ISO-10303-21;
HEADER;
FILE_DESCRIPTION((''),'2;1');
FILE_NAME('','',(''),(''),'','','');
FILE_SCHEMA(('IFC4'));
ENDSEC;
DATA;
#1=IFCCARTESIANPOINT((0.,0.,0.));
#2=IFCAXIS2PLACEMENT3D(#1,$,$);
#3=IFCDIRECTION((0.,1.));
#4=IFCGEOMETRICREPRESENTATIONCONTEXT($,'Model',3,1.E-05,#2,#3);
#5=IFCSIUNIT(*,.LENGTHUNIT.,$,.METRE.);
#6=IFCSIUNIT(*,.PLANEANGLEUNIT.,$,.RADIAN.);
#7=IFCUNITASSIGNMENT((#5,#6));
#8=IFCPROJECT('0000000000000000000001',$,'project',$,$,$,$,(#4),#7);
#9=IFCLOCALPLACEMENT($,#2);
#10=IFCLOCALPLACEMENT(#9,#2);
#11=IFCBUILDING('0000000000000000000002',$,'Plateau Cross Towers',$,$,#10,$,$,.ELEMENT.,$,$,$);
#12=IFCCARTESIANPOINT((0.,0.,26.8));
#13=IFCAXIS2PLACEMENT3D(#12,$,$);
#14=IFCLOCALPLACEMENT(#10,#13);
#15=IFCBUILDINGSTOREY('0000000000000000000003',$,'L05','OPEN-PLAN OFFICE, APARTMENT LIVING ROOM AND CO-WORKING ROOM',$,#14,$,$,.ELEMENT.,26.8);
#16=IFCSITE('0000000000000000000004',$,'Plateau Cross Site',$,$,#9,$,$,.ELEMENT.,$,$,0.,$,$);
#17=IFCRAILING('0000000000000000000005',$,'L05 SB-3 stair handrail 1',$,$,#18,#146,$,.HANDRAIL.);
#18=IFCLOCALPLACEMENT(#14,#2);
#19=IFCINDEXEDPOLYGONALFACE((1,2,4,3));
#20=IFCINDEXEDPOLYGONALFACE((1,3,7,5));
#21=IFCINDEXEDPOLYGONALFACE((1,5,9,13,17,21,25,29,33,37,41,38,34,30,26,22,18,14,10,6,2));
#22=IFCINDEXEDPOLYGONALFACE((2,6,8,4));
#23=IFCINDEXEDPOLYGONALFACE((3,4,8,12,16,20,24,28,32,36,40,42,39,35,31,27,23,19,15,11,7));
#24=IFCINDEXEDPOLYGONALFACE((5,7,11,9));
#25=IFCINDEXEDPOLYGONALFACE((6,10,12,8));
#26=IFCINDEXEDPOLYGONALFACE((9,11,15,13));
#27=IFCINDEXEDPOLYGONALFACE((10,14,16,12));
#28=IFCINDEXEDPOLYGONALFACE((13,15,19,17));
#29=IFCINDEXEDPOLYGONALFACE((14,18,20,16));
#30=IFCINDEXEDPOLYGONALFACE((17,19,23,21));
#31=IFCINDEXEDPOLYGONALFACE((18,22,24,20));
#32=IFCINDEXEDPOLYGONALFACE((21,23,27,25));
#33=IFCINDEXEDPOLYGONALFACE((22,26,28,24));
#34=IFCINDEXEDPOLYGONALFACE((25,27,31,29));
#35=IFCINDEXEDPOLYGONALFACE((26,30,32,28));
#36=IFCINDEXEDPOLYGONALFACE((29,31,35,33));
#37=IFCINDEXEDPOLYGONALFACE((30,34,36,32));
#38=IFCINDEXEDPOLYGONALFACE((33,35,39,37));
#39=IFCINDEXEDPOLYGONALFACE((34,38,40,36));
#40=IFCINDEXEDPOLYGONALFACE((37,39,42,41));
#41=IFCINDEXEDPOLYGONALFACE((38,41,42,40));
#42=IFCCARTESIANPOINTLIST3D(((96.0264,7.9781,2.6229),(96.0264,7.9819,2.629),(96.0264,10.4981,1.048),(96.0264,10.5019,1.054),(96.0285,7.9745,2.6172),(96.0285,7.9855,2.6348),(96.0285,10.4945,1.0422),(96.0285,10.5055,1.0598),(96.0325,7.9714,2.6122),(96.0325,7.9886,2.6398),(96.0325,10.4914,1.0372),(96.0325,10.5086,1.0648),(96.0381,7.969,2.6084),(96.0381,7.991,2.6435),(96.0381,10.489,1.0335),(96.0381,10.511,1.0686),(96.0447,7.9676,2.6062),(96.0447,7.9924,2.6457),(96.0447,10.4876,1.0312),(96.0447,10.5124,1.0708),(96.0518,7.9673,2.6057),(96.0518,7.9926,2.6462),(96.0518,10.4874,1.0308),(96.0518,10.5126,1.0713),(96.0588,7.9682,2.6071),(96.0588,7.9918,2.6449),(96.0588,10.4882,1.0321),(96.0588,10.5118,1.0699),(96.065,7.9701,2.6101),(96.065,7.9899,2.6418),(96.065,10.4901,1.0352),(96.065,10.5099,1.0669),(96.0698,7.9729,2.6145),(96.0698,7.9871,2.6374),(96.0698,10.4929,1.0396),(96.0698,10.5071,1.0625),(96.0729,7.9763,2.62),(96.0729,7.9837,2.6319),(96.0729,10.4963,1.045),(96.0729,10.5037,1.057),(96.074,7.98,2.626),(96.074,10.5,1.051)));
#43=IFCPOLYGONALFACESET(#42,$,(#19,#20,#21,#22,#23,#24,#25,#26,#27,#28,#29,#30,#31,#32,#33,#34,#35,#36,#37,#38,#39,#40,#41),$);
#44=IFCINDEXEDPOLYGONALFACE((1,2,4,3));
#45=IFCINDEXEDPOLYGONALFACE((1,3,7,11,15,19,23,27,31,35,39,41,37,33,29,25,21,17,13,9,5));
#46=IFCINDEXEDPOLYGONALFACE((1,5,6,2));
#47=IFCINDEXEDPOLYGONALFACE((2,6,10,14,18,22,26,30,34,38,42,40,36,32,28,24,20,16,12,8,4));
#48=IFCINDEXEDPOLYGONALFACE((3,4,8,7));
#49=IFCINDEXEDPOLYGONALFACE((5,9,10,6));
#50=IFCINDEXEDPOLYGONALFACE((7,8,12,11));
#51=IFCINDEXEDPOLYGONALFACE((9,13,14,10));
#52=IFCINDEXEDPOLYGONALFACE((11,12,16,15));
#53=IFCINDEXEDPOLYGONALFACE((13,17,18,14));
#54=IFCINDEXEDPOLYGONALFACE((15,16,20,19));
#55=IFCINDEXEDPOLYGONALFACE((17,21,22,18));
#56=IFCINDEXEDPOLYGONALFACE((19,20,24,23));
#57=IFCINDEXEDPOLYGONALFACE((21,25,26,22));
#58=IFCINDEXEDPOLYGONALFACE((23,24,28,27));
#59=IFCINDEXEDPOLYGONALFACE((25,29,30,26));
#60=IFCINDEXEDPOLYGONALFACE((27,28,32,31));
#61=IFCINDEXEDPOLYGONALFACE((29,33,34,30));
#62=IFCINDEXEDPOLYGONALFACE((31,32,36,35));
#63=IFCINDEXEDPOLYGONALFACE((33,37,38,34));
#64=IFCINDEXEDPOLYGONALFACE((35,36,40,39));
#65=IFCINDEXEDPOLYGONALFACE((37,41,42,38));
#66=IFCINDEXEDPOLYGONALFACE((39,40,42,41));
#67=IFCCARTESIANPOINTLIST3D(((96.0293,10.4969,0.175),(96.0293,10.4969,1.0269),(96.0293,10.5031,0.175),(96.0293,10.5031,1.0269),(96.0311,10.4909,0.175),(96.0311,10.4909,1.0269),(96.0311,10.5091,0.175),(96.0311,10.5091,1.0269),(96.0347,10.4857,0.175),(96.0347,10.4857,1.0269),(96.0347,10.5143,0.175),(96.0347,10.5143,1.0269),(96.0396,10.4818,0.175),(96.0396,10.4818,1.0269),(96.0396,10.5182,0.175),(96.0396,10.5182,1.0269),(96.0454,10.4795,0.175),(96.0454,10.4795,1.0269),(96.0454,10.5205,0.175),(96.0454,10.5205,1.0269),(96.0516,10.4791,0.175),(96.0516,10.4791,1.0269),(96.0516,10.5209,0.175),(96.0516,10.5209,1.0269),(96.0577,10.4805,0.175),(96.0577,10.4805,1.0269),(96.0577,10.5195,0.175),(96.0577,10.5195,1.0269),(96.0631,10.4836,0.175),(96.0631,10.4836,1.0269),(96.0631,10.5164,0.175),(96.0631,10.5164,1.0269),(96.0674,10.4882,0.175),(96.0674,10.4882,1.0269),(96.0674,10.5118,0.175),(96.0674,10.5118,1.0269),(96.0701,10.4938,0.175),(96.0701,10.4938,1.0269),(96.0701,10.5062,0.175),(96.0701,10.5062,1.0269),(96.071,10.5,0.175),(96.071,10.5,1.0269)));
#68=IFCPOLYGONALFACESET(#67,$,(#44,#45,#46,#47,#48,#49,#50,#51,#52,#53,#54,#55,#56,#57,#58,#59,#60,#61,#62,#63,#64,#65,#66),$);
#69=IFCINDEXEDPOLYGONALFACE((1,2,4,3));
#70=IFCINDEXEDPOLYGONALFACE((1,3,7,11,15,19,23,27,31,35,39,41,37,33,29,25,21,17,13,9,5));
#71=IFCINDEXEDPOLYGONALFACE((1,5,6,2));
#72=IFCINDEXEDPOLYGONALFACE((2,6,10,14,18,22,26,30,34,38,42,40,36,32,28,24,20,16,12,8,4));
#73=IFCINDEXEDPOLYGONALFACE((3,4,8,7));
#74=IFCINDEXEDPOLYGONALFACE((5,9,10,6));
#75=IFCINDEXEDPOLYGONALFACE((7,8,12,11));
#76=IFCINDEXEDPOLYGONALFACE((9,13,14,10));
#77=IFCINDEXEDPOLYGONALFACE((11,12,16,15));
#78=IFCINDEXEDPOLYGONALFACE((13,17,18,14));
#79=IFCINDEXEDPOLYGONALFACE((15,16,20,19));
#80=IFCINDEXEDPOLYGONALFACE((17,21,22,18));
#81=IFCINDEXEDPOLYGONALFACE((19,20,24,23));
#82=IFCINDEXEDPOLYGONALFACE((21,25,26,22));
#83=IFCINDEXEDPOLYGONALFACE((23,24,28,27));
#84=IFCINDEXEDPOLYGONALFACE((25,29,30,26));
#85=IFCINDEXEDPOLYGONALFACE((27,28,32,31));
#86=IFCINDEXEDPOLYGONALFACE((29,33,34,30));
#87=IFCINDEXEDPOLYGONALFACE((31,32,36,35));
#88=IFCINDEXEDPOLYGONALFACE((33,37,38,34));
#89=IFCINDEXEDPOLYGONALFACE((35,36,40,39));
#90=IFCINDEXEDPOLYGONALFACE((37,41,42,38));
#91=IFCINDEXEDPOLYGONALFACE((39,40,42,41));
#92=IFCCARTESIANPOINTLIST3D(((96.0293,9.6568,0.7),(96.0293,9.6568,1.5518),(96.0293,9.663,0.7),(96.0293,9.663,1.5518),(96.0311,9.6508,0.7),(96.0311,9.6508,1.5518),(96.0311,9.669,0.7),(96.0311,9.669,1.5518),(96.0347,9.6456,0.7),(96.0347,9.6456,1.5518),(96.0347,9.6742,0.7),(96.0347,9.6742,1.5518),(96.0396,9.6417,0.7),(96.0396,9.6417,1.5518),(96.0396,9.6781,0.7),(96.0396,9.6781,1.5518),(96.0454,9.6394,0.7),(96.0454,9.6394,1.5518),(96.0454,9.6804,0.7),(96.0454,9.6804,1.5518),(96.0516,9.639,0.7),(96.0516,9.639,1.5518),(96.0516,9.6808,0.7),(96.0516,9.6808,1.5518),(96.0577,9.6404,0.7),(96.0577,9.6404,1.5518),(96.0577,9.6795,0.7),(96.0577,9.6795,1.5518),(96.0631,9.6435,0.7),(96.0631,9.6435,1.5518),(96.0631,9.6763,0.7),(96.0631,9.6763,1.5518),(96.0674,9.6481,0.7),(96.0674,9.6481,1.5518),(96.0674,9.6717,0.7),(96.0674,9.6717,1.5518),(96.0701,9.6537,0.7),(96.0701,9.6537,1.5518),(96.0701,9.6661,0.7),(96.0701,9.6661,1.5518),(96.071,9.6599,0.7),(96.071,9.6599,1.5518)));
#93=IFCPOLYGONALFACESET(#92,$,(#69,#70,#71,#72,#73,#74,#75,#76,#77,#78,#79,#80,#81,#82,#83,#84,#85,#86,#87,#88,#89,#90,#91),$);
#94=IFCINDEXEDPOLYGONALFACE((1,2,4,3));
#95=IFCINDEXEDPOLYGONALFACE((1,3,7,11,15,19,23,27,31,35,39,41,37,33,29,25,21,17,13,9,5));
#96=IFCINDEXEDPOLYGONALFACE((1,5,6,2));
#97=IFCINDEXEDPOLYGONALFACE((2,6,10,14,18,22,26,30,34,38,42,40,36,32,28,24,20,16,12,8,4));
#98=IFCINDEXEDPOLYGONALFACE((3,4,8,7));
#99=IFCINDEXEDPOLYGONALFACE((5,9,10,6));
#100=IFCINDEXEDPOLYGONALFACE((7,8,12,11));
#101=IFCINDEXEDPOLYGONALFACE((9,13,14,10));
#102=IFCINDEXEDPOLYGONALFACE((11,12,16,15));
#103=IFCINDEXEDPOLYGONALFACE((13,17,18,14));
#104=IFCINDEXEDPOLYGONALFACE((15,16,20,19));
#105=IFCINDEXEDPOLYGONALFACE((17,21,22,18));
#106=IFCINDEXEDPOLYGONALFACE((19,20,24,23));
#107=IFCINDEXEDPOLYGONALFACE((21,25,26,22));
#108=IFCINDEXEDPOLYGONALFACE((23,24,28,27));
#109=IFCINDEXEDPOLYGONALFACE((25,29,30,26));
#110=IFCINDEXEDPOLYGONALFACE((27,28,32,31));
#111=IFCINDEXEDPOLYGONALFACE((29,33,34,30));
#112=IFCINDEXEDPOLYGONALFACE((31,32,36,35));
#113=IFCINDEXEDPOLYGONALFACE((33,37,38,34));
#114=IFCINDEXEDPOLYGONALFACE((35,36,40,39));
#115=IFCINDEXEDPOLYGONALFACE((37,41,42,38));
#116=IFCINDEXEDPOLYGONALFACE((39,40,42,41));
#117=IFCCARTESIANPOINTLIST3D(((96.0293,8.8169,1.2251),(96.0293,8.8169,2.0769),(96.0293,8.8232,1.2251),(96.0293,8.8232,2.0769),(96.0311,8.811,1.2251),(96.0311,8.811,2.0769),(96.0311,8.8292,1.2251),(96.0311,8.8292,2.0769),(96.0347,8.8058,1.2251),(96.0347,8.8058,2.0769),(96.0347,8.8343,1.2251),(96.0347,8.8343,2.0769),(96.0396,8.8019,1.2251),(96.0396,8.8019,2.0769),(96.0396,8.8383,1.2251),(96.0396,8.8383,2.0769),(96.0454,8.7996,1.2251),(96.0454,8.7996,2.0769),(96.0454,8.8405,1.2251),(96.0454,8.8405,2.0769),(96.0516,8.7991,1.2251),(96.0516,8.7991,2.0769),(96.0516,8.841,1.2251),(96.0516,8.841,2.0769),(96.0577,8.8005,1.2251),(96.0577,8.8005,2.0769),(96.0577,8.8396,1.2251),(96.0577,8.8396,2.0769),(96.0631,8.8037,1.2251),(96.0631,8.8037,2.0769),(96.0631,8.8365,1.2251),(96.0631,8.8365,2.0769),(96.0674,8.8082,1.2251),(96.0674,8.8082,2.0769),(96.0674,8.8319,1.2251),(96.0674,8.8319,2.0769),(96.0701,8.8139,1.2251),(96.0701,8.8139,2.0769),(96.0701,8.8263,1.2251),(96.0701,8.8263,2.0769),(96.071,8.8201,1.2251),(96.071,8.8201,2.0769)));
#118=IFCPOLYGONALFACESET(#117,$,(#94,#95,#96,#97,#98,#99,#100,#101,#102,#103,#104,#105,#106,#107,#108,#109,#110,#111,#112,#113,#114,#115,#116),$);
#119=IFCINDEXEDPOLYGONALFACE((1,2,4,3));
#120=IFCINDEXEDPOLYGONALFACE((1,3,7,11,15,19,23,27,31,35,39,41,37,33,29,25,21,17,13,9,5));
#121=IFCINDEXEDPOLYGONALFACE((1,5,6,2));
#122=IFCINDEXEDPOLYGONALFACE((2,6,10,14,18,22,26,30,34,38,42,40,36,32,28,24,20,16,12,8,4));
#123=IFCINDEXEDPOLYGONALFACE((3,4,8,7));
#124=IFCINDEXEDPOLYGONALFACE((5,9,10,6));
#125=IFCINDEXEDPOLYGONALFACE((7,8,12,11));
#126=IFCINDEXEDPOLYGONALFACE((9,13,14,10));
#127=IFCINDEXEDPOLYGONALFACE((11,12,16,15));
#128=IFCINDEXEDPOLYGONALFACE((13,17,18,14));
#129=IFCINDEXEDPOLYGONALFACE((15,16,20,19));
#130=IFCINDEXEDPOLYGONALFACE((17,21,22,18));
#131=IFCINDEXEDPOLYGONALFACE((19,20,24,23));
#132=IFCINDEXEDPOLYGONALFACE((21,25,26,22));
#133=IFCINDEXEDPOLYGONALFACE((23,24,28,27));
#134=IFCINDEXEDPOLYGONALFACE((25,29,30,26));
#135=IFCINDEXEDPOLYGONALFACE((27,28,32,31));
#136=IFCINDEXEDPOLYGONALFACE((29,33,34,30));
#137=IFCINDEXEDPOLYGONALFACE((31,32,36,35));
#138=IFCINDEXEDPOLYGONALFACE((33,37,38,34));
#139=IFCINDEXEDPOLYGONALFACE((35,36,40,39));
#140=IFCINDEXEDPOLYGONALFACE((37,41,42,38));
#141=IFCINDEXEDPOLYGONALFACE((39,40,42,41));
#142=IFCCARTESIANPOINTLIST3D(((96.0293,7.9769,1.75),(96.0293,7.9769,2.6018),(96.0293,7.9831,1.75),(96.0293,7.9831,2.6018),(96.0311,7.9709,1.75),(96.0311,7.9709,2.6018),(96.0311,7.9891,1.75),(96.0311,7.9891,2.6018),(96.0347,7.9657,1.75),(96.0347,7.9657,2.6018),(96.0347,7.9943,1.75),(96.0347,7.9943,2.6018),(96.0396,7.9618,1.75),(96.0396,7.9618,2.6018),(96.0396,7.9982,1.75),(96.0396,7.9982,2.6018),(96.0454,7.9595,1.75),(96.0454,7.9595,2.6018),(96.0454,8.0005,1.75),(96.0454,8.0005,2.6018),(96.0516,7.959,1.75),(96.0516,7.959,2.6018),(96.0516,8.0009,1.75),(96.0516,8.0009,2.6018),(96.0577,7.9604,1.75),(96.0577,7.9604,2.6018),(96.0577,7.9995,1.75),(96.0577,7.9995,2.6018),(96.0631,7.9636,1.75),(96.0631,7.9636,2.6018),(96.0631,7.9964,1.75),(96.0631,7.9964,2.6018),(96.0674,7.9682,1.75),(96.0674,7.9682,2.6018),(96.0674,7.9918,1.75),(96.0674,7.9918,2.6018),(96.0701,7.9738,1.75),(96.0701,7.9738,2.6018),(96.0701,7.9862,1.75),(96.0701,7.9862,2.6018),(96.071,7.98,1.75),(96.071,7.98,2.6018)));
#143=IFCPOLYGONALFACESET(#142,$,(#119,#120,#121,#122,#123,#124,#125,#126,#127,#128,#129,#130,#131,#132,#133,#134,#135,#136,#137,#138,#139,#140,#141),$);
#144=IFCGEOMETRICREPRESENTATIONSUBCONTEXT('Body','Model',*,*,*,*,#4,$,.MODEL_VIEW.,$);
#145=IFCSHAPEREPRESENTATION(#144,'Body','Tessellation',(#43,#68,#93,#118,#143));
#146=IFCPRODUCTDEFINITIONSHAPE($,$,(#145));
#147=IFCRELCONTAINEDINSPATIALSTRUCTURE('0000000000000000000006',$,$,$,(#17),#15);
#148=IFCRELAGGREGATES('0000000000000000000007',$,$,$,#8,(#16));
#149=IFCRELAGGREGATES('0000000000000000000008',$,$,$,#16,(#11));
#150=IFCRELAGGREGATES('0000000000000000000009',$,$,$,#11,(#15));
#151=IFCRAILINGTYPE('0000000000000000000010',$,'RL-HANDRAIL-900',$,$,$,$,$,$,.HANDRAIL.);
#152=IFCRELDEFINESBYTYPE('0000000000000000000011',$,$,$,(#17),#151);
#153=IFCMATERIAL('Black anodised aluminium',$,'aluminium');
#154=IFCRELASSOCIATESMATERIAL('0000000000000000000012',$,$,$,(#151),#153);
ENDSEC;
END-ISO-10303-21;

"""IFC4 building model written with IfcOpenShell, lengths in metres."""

from ifc_helpers import new_model, si_unit, direction, frame, origin, origin_2d, place, context, subcontext, project, spatial, circle, extrude, material, type_object, element, save


model = new_model("IFC4")

# Units and contexts
model_context = context("Model", 3, precision=1e-05, world=origin(), true_north=direction((0.0, 1.0)))
body_context = subcontext(model_context, "Body", "Model", "MODEL_VIEW")
ifc_project = project(units=[si_unit("LENGTHUNIT", "METRE"), si_unit("PLANEANGLEUNIT", "RADIAN")], contexts=[model_context])

# Site, building, storey
site_placement = place(None, origin())
site = spatial("IfcSite", under=ifc_project, at=site_placement, Name="Plateau Cross Site", CompositionType="ELEMENT", RefElevation=0.0)
building_placement = place(site_placement, origin())
building = spatial("IfcBuilding", under=site, at=building_placement, Name="Plateau Cross Towers", CompositionType="ELEMENT")
storey_placement = place(building_placement, frame((0.0, 0.0, 26.8)))
storey = spatial("IfcBuildingStorey", under=building, at=storey_placement, Name="L05", Description="OPEN-PLAN OFFICE, APARTMENT LIVING ROOM AND CO-WORKING ROOM", CompositionType="ELEMENT", Elevation=26.8)

# Shared definitions
ifc_material_1 = material(Name="Black anodised aluminium", Category="aluminium")

# Railing
railing_type_1 = type_object("IfcRailingType", Name="RL-HANDRAIL-900", PredefinedType="HANDRAIL", material=ifc_material_1)
railing_1_placement = place(storey_placement, frame((96.05, 10.5, 0.175)))
element("IfcRailing", 1, at=railing_1_placement, inside=storey, type_object=railing_type_1, Name="L05 SB-3 stair handrail 1", PredefinedType="HANDRAIL", context=body_context, shape_type="SweptSolid", body=[
    extrude(circle(Radius=0.0239, at=origin_2d()), frame((0.0, 0.0, 0.876), z_axis=(0.0, -0.848008, 0.529984), x_axis=(1.0, 0.0, 0.0)), (0.0, 0.0, 1.0), 2.9717),
    extrude(circle(Radius=0.021, at=origin_2d()), origin(), (0.0, 0.0, 1.0), 0.8518),
    extrude(circle(Radius=0.021, at=origin_2d()), frame((0.0, -0.8401, 0.5249)), (0.0, 0.0, 1.0), 0.8518),
    extrude(circle(Radius=0.021, at=origin_2d()), frame((0.0, -1.6799, 1.05)), (0.0, 0.0, 1.0), 0.8518),
    extrude(circle(Radius=0.021, at=origin_2d()), frame((0.0, -2.52, 1.575)), (0.0, 0.0, 1.0), 0.8518),
])

save(model, "model.ifc")
